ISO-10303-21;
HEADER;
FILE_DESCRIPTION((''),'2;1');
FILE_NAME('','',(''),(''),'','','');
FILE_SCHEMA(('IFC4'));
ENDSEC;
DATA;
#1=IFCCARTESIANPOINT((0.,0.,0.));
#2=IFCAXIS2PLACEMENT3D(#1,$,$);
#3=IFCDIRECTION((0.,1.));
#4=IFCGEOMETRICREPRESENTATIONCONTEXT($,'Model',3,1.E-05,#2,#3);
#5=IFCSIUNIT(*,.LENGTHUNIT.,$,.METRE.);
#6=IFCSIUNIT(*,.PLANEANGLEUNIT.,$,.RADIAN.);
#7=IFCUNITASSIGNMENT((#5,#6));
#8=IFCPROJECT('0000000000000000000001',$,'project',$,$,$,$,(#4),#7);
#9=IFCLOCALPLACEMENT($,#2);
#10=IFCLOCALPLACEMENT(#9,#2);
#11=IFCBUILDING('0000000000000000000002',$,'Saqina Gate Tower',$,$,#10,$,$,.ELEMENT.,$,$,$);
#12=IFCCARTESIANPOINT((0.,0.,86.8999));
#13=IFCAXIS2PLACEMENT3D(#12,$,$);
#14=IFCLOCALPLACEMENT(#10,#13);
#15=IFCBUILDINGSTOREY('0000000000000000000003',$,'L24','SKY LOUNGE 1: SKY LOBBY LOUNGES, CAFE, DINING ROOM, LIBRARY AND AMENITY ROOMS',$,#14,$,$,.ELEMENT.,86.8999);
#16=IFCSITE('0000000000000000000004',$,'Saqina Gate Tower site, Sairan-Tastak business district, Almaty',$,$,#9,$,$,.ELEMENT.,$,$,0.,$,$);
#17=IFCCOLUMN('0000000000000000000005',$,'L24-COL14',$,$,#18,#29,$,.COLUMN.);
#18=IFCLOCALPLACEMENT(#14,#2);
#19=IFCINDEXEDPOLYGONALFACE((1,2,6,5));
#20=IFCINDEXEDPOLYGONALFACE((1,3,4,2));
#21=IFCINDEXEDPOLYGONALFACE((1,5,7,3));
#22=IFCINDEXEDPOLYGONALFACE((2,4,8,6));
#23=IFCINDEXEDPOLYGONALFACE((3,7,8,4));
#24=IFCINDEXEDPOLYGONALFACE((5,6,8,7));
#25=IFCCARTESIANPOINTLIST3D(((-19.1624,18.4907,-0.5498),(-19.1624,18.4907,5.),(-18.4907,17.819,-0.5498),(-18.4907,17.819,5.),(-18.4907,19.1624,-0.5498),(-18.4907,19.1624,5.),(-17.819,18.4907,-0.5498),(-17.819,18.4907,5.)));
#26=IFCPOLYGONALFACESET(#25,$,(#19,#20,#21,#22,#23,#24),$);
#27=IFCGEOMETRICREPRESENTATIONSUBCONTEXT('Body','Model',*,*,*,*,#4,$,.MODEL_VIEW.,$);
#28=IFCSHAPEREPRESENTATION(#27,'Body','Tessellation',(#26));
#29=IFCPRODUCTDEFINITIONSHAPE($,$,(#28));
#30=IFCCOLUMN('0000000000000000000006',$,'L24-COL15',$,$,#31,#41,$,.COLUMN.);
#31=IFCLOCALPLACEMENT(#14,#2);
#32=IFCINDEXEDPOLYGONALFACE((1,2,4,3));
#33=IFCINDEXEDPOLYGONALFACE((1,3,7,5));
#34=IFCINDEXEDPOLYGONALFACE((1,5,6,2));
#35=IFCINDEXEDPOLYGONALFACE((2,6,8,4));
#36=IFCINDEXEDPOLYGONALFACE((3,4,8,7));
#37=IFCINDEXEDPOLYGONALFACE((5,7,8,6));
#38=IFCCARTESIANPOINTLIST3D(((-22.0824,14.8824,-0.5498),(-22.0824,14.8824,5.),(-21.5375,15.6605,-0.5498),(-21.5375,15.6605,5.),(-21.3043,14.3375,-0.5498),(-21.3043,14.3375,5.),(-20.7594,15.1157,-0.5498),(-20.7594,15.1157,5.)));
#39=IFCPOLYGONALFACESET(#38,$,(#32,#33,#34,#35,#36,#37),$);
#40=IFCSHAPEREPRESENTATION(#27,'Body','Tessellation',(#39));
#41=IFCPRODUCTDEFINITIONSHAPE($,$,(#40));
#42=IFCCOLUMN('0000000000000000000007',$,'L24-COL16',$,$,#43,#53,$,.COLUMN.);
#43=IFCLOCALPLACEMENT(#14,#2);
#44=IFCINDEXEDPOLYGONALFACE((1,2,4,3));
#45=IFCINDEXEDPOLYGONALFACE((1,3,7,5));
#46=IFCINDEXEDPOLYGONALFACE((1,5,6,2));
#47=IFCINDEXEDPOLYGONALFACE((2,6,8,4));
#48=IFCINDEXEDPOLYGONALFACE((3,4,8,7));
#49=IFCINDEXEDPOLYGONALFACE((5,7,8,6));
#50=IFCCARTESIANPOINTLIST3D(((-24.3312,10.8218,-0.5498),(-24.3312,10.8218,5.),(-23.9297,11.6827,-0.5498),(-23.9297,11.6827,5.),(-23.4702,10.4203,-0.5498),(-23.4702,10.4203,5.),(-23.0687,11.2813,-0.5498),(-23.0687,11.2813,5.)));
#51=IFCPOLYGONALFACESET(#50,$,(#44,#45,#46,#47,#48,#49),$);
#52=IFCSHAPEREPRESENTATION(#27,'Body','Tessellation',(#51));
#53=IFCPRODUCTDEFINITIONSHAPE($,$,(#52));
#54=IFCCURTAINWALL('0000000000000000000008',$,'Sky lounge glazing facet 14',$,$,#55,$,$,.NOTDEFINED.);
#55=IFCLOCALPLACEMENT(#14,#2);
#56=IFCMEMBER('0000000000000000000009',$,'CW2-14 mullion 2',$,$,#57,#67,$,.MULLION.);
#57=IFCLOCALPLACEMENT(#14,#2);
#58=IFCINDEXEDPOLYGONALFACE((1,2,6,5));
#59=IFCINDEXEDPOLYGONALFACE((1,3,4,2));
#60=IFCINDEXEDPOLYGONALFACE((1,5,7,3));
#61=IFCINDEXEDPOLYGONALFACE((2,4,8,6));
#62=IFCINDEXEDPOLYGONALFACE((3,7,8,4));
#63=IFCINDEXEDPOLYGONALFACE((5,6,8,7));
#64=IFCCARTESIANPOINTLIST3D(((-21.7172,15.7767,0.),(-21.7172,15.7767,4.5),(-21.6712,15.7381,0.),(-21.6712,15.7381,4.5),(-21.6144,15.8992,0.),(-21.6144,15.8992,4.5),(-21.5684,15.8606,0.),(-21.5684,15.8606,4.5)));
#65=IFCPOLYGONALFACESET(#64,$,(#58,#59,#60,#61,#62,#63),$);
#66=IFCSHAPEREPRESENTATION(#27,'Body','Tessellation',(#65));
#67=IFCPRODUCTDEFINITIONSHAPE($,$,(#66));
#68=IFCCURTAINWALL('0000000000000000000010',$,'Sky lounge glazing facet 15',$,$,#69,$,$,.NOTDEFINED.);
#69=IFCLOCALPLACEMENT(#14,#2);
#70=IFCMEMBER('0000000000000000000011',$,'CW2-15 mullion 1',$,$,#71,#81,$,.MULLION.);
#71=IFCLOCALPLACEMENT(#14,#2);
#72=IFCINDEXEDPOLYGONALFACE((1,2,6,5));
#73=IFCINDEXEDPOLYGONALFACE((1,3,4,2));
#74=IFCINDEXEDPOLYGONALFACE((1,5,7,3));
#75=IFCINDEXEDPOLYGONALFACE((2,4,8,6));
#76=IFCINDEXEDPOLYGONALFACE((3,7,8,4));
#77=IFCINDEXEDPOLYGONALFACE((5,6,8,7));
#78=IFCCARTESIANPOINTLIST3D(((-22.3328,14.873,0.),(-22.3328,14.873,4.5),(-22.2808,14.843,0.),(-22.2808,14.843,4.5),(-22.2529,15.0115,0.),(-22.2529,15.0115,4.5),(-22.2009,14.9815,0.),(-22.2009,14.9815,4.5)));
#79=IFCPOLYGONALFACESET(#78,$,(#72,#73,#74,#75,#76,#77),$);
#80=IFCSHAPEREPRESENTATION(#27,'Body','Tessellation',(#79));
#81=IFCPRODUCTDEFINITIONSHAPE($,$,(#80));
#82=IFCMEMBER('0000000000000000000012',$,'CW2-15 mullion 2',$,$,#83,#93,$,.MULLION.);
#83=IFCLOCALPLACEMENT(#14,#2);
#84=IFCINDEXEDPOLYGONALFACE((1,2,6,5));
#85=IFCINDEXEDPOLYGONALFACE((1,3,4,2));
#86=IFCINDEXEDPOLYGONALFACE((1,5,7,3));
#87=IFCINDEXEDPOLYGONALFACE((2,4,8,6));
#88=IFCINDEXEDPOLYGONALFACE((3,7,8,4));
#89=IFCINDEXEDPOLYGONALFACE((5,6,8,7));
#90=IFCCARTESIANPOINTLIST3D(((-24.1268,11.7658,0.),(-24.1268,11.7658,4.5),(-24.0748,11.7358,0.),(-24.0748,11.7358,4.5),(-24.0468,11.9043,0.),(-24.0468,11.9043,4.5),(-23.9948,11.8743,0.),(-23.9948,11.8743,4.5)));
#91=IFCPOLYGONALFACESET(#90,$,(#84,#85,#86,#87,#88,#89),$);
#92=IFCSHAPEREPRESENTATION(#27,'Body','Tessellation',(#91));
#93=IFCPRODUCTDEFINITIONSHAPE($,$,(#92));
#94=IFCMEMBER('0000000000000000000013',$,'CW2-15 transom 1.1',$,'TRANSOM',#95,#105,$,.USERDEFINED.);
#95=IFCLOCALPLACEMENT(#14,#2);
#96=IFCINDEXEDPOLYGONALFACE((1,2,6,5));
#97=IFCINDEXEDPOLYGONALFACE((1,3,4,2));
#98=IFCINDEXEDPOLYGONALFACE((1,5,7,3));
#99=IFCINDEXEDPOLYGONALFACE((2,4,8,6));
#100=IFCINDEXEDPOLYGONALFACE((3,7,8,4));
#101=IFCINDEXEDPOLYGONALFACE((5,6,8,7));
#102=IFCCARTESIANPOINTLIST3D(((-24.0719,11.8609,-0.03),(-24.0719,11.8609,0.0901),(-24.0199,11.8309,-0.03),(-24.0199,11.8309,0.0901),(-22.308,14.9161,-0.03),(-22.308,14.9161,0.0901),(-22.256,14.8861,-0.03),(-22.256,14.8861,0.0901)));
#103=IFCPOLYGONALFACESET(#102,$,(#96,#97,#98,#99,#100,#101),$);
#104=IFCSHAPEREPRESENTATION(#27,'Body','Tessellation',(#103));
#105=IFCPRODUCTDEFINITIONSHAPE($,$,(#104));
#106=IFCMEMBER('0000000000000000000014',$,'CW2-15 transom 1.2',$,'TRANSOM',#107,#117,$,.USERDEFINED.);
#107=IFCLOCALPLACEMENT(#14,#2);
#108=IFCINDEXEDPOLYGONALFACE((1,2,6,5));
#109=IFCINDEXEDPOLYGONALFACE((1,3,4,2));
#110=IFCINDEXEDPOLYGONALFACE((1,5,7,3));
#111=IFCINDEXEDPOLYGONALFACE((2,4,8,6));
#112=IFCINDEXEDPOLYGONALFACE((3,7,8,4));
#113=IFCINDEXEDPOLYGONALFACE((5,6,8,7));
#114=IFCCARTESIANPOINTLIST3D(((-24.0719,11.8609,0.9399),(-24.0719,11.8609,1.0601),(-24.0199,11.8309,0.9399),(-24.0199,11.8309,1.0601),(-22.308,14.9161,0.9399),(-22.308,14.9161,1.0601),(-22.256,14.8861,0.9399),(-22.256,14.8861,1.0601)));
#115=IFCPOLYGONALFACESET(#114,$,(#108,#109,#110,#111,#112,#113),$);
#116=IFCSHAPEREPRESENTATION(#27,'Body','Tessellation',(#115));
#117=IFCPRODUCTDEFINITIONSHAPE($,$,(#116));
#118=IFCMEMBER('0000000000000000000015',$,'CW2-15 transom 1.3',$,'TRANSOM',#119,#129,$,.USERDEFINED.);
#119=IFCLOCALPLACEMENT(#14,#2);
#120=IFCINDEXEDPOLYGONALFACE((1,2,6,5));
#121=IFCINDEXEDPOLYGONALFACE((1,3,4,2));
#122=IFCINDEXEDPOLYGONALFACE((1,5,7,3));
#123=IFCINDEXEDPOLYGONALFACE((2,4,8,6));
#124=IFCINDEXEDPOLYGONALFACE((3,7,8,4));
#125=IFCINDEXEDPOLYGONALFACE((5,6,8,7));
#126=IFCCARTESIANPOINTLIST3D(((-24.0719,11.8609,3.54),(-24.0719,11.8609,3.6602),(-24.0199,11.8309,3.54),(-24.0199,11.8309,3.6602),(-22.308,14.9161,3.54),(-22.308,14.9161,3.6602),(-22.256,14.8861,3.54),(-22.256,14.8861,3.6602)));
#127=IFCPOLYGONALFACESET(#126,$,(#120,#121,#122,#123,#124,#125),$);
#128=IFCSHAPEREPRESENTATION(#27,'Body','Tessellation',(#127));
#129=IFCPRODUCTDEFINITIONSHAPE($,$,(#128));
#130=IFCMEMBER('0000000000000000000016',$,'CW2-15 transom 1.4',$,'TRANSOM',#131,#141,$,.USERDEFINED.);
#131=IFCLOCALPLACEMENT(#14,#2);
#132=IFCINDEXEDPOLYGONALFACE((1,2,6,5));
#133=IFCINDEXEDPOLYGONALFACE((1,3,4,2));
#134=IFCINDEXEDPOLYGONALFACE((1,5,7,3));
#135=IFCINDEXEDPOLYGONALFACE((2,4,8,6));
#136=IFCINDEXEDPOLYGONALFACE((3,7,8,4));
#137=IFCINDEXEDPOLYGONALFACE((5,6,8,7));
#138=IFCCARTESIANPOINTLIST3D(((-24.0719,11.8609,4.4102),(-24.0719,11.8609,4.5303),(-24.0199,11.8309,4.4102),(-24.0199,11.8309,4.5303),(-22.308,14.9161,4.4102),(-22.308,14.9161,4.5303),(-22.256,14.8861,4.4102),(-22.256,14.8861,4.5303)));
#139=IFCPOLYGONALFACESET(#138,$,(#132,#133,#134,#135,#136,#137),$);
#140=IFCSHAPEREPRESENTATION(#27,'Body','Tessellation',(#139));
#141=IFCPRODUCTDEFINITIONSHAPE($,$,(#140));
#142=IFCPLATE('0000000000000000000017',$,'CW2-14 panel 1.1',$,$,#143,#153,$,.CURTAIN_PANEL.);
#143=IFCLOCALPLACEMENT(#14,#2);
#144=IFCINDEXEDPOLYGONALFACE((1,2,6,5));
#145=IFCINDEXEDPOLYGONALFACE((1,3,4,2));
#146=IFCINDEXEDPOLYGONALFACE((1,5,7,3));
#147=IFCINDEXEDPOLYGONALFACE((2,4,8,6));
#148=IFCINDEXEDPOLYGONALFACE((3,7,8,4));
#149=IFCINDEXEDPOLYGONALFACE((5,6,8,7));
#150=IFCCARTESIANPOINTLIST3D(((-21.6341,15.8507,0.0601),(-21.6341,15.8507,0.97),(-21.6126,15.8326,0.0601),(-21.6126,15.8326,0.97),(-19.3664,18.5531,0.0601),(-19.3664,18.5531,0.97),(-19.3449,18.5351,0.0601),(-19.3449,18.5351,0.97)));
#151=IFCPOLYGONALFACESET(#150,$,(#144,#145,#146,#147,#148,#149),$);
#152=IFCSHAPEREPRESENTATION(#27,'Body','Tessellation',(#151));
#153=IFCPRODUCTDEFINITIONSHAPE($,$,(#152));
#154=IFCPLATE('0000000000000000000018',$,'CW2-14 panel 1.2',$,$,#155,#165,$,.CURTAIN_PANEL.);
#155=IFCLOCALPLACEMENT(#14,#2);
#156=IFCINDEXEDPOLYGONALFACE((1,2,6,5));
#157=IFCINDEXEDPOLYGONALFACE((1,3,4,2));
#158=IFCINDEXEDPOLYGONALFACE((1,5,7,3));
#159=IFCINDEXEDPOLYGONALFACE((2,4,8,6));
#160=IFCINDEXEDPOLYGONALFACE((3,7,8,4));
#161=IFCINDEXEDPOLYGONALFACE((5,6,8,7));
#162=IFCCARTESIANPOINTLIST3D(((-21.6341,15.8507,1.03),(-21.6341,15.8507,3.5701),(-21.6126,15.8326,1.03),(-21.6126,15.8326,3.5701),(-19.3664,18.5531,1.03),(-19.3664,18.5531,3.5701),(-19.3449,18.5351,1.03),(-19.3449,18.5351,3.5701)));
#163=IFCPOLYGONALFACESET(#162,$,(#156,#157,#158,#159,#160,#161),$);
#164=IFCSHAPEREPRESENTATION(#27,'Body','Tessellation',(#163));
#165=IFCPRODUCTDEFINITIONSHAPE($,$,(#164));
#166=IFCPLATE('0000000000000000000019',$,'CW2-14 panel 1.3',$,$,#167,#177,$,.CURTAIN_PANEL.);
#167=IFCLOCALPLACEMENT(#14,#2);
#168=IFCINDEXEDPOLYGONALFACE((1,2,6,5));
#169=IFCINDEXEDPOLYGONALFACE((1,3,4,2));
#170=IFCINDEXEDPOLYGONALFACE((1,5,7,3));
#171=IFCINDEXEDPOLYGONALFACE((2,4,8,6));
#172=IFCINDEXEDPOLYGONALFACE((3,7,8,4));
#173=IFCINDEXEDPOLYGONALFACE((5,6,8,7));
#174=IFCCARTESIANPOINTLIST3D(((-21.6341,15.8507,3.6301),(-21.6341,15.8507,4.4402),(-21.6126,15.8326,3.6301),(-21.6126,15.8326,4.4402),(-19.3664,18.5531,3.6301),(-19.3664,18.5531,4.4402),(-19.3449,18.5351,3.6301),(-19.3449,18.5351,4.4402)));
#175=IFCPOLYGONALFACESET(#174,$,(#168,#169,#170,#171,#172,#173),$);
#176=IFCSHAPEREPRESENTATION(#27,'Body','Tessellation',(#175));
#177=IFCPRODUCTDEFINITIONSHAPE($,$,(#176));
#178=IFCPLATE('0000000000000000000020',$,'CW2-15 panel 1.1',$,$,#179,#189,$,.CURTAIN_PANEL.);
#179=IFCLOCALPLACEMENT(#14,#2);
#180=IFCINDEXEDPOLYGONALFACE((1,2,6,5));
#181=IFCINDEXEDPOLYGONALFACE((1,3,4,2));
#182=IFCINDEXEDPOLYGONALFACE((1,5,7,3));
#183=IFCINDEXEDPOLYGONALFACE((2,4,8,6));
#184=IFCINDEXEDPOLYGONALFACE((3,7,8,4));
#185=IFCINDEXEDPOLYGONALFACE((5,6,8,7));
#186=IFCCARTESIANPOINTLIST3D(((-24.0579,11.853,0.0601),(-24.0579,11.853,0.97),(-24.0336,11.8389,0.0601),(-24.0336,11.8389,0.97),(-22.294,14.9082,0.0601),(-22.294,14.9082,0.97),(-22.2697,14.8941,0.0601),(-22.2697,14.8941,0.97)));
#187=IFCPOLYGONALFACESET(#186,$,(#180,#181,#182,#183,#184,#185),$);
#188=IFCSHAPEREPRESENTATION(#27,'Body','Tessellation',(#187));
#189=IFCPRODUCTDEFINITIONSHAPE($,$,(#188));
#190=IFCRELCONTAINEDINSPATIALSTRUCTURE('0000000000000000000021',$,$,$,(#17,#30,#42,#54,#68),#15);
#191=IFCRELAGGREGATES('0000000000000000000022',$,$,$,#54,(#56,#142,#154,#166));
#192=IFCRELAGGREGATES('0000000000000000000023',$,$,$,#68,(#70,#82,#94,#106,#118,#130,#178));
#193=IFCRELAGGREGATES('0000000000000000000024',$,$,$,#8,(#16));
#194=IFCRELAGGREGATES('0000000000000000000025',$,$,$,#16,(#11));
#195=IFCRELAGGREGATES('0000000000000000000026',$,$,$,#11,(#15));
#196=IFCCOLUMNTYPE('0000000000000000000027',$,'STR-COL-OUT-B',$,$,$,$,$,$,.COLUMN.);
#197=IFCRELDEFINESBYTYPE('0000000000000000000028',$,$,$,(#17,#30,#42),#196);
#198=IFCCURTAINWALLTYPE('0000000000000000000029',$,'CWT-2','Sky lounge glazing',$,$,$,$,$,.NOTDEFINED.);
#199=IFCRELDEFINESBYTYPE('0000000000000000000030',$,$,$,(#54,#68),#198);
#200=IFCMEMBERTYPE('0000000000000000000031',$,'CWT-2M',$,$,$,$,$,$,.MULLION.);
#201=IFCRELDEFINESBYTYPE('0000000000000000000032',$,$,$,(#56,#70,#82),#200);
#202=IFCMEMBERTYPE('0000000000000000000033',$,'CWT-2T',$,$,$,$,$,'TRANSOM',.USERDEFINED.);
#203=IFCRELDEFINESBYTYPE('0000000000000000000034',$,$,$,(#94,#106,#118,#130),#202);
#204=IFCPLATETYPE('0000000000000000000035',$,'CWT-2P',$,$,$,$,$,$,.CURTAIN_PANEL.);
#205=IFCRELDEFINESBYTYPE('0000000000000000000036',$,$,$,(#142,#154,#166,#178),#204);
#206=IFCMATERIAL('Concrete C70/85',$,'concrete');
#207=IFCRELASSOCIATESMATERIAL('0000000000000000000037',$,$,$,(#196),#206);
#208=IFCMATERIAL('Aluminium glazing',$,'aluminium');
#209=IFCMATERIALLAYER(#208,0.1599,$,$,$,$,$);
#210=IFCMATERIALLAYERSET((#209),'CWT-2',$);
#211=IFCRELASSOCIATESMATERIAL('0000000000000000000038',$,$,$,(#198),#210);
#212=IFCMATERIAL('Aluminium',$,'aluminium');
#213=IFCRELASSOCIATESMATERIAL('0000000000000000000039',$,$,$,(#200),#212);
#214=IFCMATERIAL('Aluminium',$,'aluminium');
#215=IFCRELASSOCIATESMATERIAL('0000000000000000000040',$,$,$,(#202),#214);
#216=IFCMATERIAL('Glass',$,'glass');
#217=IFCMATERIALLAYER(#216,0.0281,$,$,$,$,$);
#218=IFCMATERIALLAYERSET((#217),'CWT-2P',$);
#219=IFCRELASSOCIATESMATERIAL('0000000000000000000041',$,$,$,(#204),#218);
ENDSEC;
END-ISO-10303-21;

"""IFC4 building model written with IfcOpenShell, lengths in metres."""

from ifc_helpers import new_model, si_unit, direction, frame, origin, origin_2d, place, context, subcontext, project, spatial, rectangle, extrude, material, layer, layer_set, material_profile, profile_set, type_object, element, aggregate, save


model = new_model("IFC4")

# Units and contexts
model_context = context("Model", 3, precision=1e-05, world=origin(), true_north=direction((0.0, 1.0)))
body_context = subcontext(model_context, "Body", "Model", "MODEL_VIEW")
ifc_project = project(units=[si_unit("LENGTHUNIT", "METRE"), si_unit("PLANEANGLEUNIT", "RADIAN")], contexts=[model_context])

# Site, building, storey
site_placement = place(None, origin())
site = spatial("IfcSite", under=ifc_project, at=site_placement, Name="Saqina Gate Tower site, Sairan-Tastak business district, Almaty", CompositionType="ELEMENT", RefElevation=0.0)
building_placement = place(site_placement, origin())
building = spatial("IfcBuilding", under=site, at=building_placement, Name="Saqina Gate Tower", CompositionType="ELEMENT")
storey_placement = place(building_placement, frame((0.0, 0.0, 86.8999)))
storey = spatial("IfcBuildingStorey", under=building, at=storey_placement, Name="L24", Description="SKY LOUNGE 1: SKY LOBBY LOUNGES, CAFE, DINING ROOM, LIBRARY AND AMENITY ROOMS", CompositionType="ELEMENT", Elevation=86.8999)

# Columns
ifc_material_1 = material(Name="Concrete C70/85", Category="concrete")
ifc_material_profile_1 = material_profile(ifc_material_1, rectangle(XDim=0.95, YDim=0.95, at=origin_2d()), Name="RC 950x950")
ifc_profile_set_1 = profile_set([ifc_material_profile_1], Name="Concrete C70/85")
column_type = type_object("IfcColumnType", Name="STR-COL-OUT-B", PredefinedType="COLUMN", material=ifc_profile_set_1)
for number, where, z_axis, x_axis, name in (
    (1, (-18.4907, 18.4907, -0.5498), (0.0, 0.0, 1.0), (-0.707107, 0.707107, 0.0), "L24-COL14"),
    (2, (-21.4209, 14.999, -0.5498), (0.0, 0.0, 1.0), (-0.819152, 0.573576, 0.0), "L24-COL15"),
    (3, (-23.7, 11.0515, -0.5498), (0.0, 0.0, 1.0), (-0.906308, 0.422618, 0.0), "L24-COL16"),
):
    element("IfcColumn", number, at=place(storey_placement, frame(where, z_axis=z_axis, x_axis=x_axis)), inside=storey, type_object=column_type, Name=name, PredefinedType="COLUMN", context=body_context, shape_type="SweptSolid", body=[
        extrude(rectangle(XDim=0.95, YDim=0.95, at=origin_2d()), origin(), (0.0, 0.0, 1.0), 5.5498),
    ])

# Curtain wall, member
ifc_material_2 = material(Name="Aluminium glazing", Category="aluminium")
ifc_layer_1 = layer(ifc_material_2, 0.1599)
ifc_layer_set_1 = layer_set([ifc_layer_1], Name="CWT-2")
curtain_wall_type = type_object("IfcCurtainWallType", Name="CWT-2", Description="Sky lounge glazing", PredefinedType="NOTDEFINED", material=ifc_layer_set_1)
curtain_wall_1_placement = place(storey_placement, origin())
curtain_wall_1 = element("IfcCurtainWall", 4, at=curtain_wall_1_placement, inside=storey, type_object=curtain_wall_type, Name="Sky lounge glazing facet 14", PredefinedType="NOTDEFINED")
ifc_material_3 = material(Name="Aluminium", Category="aluminium")
ifc_material_profile_2 = material_profile(ifc_material_3, rectangle(XDim=0.0601, YDim=0.1599, at=origin_2d()), Name="Aluminium 60x160")
ifc_profile_set_2 = profile_set([ifc_material_profile_2], Name="Aluminium")
member_type_1 = type_object("IfcMemberType", Name="CWT-2M", PredefinedType="MULLION", material=ifc_profile_set_2)
member_1_placement = place(storey_placement, frame((-21.6428, 15.8186, 0.0), z_axis=(0.0, 0.0, 1.0), x_axis=(0.766042, -0.642791, 0.0)))
member_1 = element("IfcMember", 5, at=member_1_placement, type_object=member_type_1, Name="CW2-14 mullion 2", PredefinedType="MULLION", context=body_context, shape_type="SweptSolid", body=[
    extrude(rectangle(XDim=0.0601, YDim=0.1599, at=origin_2d()), origin(), (0.0, 0.0, 1.0), 4.5),
])

# Curtain wall, members
curtain_wall_2_placement = place(storey_placement, origin())
curtain_wall_2 = element("IfcCurtainWall", 6, at=curtain_wall_2_placement, inside=storey, type_object=curtain_wall_type, Name="Sky lounge glazing facet 15", PredefinedType="NOTDEFINED")
member_2_placement = place(storey_placement, frame((-22.2668, 14.9272, 0.0), z_axis=(0.0, 0.0, 1.0), x_axis=(0.866026, -0.499999, 0.0)))
member_2 = element("IfcMember", 7, at=member_2_placement, type_object=member_type_1, Name="CW2-15 mullion 1", PredefinedType="MULLION", context=body_context, shape_type="SweptSolid", body=[
    extrude(rectangle(XDim=0.0601, YDim=0.1599, at=origin_2d()), origin(), (0.0, 0.0, 1.0), 4.5),
])
member_3_placement = place(storey_placement, frame((-24.0608, 11.8201, 0.0), z_axis=(0.0, 0.0, 1.0), x_axis=(0.866026, -0.499999, 0.0)))
member_3 = element("IfcMember", 8, at=member_3_placement, type_object=member_type_1, Name="CW2-15 mullion 2", PredefinedType="MULLION", context=body_context, shape_type="SweptSolid", body=[
    extrude(rectangle(XDim=0.0601, YDim=0.1599, at=origin_2d()), origin(), (0.0, 0.0, 1.0), 4.5),
])
ifc_material_4 = material(Name="Aluminium", Category="aluminium")
ifc_material_profile_3 = material_profile(ifc_material_4, rectangle(XDim=0.0601, YDim=0.1201, at=origin_2d()), Name="Aluminium 60x120")
ifc_profile_set_3 = profile_set([ifc_material_profile_3], Name="Aluminium")
member_type_2 = type_object("IfcMemberType", Name="CWT-2T", ElementType="TRANSOM", PredefinedType="USERDEFINED", material=ifc_profile_set_3)
member_4_placement = place(storey_placement, frame((-22.282, 14.9011, 0.03), z_axis=(-0.500002, -0.866024, 0.0), x_axis=(0.866024, -0.500002, 0.0)))
member_4 = element("IfcMember", 9, at=member_4_placement, type_object=member_type_2, Name="CW2-15 transom 1.1", ObjectType="TRANSOM", PredefinedType="USERDEFINED", context=body_context, shape_type="SweptSolid", body=[
    extrude(rectangle(XDim=0.0601, YDim=0.1201, at=origin_2d()), origin(), (0.0, 0.0, 1.0), 3.5278),
])
member_5_placement = place(storey_placement, frame((-22.282, 14.9011, 1.0), z_axis=(-0.500002, -0.866024, 0.0), x_axis=(0.866024, -0.500002, 0.0)))
member_5 = element("IfcMember", 10, at=member_5_placement, type_object=member_type_2, Name="CW2-15 transom 1.2", ObjectType="TRANSOM", PredefinedType="USERDEFINED", context=body_context, shape_type="SweptSolid", body=[
    extrude(rectangle(XDim=0.0601, YDim=0.1201, at=origin_2d()), origin(), (0.0, 0.0, 1.0), 3.5278),
])
member_6_placement = place(storey_placement, frame((-22.282, 14.9011, 3.6001), z_axis=(-0.500002, -0.866024, 0.0), x_axis=(0.866024, -0.500002, 0.0)))
member_6 = element("IfcMember", 11, at=member_6_placement, type_object=member_type_2, Name="CW2-15 transom 1.3", ObjectType="TRANSOM", PredefinedType="USERDEFINED", context=body_context, shape_type="SweptSolid", body=[
    extrude(rectangle(XDim=0.0601, YDim=0.1201, at=origin_2d()), origin(), (0.0, 0.0, 1.0), 3.5278),
])
member_7_placement = place(storey_placement, frame((-22.282, 14.9011, 4.4702), z_axis=(-0.500002, -0.866024, 0.0), x_axis=(0.866024, -0.500002, 0.0)))
member_7 = element("IfcMember", 12, at=member_7_placement, type_object=member_type_2, Name="CW2-15 transom 1.4", ObjectType="TRANSOM", PredefinedType="USERDEFINED", context=body_context, shape_type="SweptSolid", body=[
    extrude(rectangle(XDim=0.0601, YDim=0.1201, at=origin_2d()), origin(), (0.0, 0.0, 1.0), 3.5278),
])

# Plates
ifc_material_5 = material(Name="Glass", Category="glass")
ifc_layer_2 = layer(ifc_material_5, 0.0281)
ifc_layer_set_2 = layer_set([ifc_layer_2], Name="CWT-2P")
plate_type = type_object("IfcPlateType", Name="CWT-2P", PredefinedType="CURTAIN_PANEL", material=ifc_layer_set_2)
plate_1_placement = place(storey_placement, frame((-20.4895, 17.1929, 0.0601), z_axis=(0.0, 0.0, 1.0), x_axis=(-0.642791, -0.766042, 0.0)))
plate_1 = element("IfcPlate", 13, at=plate_1_placement, type_object=plate_type, Name="CW2-14 panel 1.1", PredefinedType="CURTAIN_PANEL", context=body_context, shape_type="SweptSolid", body=[
    extrude(rectangle(XDim=3.5278, YDim=0.0281, at=origin_2d()), origin(), (0.0, 0.0, 1.0), 0.9099),
])
plate_2_placement = place(storey_placement, frame((-20.4895, 17.1929, 1.03), z_axis=(0.0, 0.0, 1.0), x_axis=(-0.642791, -0.766042, 0.0)))
plate_2 = element("IfcPlate", 14, at=plate_2_placement, type_object=plate_type, Name="CW2-14 panel 1.2", PredefinedType="CURTAIN_PANEL", context=body_context, shape_type="SweptSolid", body=[
    extrude(rectangle(XDim=3.5278, YDim=0.0281, at=origin_2d()), origin(), (0.0, 0.0, 1.0), 2.54),
])
plate_3_placement = place(storey_placement, frame((-20.4895, 17.1929, 3.6301), z_axis=(0.0, 0.0, 1.0), x_axis=(-0.642791, -0.766042, 0.0)))
plate_3 = element("IfcPlate", 15, at=plate_3_placement, type_object=plate_type, Name="CW2-14 panel 1.3", PredefinedType="CURTAIN_PANEL", context=body_context, shape_type="SweptSolid", body=[
    extrude(rectangle(XDim=3.5278, YDim=0.0281, at=origin_2d()), origin(), (0.0, 0.0, 1.0), 0.8101),
])
aggregate(curtain_wall_1, [member_1, plate_1, plate_2, plate_3])
plate_4_placement = place(storey_placement, frame((-23.1638, 13.3735, 0.0601), z_axis=(0.0, 0.0, 1.0), x_axis=(-0.499999, -0.866026, 0.0)))
plate_4 = element("IfcPlate", 16, at=plate_4_placement, type_object=plate_type, Name="CW2-15 panel 1.1", PredefinedType="CURTAIN_PANEL", context=body_context, shape_type="SweptSolid", body=[
    extrude(rectangle(XDim=3.5278, YDim=0.0281, at=origin_2d()), origin(), (0.0, 0.0, 1.0), 0.9099),
])
aggregate(curtain_wall_2, [member_2, member_3, member_4, member_5, member_6, member_7, plate_4])

save(model, "model.ifc")
